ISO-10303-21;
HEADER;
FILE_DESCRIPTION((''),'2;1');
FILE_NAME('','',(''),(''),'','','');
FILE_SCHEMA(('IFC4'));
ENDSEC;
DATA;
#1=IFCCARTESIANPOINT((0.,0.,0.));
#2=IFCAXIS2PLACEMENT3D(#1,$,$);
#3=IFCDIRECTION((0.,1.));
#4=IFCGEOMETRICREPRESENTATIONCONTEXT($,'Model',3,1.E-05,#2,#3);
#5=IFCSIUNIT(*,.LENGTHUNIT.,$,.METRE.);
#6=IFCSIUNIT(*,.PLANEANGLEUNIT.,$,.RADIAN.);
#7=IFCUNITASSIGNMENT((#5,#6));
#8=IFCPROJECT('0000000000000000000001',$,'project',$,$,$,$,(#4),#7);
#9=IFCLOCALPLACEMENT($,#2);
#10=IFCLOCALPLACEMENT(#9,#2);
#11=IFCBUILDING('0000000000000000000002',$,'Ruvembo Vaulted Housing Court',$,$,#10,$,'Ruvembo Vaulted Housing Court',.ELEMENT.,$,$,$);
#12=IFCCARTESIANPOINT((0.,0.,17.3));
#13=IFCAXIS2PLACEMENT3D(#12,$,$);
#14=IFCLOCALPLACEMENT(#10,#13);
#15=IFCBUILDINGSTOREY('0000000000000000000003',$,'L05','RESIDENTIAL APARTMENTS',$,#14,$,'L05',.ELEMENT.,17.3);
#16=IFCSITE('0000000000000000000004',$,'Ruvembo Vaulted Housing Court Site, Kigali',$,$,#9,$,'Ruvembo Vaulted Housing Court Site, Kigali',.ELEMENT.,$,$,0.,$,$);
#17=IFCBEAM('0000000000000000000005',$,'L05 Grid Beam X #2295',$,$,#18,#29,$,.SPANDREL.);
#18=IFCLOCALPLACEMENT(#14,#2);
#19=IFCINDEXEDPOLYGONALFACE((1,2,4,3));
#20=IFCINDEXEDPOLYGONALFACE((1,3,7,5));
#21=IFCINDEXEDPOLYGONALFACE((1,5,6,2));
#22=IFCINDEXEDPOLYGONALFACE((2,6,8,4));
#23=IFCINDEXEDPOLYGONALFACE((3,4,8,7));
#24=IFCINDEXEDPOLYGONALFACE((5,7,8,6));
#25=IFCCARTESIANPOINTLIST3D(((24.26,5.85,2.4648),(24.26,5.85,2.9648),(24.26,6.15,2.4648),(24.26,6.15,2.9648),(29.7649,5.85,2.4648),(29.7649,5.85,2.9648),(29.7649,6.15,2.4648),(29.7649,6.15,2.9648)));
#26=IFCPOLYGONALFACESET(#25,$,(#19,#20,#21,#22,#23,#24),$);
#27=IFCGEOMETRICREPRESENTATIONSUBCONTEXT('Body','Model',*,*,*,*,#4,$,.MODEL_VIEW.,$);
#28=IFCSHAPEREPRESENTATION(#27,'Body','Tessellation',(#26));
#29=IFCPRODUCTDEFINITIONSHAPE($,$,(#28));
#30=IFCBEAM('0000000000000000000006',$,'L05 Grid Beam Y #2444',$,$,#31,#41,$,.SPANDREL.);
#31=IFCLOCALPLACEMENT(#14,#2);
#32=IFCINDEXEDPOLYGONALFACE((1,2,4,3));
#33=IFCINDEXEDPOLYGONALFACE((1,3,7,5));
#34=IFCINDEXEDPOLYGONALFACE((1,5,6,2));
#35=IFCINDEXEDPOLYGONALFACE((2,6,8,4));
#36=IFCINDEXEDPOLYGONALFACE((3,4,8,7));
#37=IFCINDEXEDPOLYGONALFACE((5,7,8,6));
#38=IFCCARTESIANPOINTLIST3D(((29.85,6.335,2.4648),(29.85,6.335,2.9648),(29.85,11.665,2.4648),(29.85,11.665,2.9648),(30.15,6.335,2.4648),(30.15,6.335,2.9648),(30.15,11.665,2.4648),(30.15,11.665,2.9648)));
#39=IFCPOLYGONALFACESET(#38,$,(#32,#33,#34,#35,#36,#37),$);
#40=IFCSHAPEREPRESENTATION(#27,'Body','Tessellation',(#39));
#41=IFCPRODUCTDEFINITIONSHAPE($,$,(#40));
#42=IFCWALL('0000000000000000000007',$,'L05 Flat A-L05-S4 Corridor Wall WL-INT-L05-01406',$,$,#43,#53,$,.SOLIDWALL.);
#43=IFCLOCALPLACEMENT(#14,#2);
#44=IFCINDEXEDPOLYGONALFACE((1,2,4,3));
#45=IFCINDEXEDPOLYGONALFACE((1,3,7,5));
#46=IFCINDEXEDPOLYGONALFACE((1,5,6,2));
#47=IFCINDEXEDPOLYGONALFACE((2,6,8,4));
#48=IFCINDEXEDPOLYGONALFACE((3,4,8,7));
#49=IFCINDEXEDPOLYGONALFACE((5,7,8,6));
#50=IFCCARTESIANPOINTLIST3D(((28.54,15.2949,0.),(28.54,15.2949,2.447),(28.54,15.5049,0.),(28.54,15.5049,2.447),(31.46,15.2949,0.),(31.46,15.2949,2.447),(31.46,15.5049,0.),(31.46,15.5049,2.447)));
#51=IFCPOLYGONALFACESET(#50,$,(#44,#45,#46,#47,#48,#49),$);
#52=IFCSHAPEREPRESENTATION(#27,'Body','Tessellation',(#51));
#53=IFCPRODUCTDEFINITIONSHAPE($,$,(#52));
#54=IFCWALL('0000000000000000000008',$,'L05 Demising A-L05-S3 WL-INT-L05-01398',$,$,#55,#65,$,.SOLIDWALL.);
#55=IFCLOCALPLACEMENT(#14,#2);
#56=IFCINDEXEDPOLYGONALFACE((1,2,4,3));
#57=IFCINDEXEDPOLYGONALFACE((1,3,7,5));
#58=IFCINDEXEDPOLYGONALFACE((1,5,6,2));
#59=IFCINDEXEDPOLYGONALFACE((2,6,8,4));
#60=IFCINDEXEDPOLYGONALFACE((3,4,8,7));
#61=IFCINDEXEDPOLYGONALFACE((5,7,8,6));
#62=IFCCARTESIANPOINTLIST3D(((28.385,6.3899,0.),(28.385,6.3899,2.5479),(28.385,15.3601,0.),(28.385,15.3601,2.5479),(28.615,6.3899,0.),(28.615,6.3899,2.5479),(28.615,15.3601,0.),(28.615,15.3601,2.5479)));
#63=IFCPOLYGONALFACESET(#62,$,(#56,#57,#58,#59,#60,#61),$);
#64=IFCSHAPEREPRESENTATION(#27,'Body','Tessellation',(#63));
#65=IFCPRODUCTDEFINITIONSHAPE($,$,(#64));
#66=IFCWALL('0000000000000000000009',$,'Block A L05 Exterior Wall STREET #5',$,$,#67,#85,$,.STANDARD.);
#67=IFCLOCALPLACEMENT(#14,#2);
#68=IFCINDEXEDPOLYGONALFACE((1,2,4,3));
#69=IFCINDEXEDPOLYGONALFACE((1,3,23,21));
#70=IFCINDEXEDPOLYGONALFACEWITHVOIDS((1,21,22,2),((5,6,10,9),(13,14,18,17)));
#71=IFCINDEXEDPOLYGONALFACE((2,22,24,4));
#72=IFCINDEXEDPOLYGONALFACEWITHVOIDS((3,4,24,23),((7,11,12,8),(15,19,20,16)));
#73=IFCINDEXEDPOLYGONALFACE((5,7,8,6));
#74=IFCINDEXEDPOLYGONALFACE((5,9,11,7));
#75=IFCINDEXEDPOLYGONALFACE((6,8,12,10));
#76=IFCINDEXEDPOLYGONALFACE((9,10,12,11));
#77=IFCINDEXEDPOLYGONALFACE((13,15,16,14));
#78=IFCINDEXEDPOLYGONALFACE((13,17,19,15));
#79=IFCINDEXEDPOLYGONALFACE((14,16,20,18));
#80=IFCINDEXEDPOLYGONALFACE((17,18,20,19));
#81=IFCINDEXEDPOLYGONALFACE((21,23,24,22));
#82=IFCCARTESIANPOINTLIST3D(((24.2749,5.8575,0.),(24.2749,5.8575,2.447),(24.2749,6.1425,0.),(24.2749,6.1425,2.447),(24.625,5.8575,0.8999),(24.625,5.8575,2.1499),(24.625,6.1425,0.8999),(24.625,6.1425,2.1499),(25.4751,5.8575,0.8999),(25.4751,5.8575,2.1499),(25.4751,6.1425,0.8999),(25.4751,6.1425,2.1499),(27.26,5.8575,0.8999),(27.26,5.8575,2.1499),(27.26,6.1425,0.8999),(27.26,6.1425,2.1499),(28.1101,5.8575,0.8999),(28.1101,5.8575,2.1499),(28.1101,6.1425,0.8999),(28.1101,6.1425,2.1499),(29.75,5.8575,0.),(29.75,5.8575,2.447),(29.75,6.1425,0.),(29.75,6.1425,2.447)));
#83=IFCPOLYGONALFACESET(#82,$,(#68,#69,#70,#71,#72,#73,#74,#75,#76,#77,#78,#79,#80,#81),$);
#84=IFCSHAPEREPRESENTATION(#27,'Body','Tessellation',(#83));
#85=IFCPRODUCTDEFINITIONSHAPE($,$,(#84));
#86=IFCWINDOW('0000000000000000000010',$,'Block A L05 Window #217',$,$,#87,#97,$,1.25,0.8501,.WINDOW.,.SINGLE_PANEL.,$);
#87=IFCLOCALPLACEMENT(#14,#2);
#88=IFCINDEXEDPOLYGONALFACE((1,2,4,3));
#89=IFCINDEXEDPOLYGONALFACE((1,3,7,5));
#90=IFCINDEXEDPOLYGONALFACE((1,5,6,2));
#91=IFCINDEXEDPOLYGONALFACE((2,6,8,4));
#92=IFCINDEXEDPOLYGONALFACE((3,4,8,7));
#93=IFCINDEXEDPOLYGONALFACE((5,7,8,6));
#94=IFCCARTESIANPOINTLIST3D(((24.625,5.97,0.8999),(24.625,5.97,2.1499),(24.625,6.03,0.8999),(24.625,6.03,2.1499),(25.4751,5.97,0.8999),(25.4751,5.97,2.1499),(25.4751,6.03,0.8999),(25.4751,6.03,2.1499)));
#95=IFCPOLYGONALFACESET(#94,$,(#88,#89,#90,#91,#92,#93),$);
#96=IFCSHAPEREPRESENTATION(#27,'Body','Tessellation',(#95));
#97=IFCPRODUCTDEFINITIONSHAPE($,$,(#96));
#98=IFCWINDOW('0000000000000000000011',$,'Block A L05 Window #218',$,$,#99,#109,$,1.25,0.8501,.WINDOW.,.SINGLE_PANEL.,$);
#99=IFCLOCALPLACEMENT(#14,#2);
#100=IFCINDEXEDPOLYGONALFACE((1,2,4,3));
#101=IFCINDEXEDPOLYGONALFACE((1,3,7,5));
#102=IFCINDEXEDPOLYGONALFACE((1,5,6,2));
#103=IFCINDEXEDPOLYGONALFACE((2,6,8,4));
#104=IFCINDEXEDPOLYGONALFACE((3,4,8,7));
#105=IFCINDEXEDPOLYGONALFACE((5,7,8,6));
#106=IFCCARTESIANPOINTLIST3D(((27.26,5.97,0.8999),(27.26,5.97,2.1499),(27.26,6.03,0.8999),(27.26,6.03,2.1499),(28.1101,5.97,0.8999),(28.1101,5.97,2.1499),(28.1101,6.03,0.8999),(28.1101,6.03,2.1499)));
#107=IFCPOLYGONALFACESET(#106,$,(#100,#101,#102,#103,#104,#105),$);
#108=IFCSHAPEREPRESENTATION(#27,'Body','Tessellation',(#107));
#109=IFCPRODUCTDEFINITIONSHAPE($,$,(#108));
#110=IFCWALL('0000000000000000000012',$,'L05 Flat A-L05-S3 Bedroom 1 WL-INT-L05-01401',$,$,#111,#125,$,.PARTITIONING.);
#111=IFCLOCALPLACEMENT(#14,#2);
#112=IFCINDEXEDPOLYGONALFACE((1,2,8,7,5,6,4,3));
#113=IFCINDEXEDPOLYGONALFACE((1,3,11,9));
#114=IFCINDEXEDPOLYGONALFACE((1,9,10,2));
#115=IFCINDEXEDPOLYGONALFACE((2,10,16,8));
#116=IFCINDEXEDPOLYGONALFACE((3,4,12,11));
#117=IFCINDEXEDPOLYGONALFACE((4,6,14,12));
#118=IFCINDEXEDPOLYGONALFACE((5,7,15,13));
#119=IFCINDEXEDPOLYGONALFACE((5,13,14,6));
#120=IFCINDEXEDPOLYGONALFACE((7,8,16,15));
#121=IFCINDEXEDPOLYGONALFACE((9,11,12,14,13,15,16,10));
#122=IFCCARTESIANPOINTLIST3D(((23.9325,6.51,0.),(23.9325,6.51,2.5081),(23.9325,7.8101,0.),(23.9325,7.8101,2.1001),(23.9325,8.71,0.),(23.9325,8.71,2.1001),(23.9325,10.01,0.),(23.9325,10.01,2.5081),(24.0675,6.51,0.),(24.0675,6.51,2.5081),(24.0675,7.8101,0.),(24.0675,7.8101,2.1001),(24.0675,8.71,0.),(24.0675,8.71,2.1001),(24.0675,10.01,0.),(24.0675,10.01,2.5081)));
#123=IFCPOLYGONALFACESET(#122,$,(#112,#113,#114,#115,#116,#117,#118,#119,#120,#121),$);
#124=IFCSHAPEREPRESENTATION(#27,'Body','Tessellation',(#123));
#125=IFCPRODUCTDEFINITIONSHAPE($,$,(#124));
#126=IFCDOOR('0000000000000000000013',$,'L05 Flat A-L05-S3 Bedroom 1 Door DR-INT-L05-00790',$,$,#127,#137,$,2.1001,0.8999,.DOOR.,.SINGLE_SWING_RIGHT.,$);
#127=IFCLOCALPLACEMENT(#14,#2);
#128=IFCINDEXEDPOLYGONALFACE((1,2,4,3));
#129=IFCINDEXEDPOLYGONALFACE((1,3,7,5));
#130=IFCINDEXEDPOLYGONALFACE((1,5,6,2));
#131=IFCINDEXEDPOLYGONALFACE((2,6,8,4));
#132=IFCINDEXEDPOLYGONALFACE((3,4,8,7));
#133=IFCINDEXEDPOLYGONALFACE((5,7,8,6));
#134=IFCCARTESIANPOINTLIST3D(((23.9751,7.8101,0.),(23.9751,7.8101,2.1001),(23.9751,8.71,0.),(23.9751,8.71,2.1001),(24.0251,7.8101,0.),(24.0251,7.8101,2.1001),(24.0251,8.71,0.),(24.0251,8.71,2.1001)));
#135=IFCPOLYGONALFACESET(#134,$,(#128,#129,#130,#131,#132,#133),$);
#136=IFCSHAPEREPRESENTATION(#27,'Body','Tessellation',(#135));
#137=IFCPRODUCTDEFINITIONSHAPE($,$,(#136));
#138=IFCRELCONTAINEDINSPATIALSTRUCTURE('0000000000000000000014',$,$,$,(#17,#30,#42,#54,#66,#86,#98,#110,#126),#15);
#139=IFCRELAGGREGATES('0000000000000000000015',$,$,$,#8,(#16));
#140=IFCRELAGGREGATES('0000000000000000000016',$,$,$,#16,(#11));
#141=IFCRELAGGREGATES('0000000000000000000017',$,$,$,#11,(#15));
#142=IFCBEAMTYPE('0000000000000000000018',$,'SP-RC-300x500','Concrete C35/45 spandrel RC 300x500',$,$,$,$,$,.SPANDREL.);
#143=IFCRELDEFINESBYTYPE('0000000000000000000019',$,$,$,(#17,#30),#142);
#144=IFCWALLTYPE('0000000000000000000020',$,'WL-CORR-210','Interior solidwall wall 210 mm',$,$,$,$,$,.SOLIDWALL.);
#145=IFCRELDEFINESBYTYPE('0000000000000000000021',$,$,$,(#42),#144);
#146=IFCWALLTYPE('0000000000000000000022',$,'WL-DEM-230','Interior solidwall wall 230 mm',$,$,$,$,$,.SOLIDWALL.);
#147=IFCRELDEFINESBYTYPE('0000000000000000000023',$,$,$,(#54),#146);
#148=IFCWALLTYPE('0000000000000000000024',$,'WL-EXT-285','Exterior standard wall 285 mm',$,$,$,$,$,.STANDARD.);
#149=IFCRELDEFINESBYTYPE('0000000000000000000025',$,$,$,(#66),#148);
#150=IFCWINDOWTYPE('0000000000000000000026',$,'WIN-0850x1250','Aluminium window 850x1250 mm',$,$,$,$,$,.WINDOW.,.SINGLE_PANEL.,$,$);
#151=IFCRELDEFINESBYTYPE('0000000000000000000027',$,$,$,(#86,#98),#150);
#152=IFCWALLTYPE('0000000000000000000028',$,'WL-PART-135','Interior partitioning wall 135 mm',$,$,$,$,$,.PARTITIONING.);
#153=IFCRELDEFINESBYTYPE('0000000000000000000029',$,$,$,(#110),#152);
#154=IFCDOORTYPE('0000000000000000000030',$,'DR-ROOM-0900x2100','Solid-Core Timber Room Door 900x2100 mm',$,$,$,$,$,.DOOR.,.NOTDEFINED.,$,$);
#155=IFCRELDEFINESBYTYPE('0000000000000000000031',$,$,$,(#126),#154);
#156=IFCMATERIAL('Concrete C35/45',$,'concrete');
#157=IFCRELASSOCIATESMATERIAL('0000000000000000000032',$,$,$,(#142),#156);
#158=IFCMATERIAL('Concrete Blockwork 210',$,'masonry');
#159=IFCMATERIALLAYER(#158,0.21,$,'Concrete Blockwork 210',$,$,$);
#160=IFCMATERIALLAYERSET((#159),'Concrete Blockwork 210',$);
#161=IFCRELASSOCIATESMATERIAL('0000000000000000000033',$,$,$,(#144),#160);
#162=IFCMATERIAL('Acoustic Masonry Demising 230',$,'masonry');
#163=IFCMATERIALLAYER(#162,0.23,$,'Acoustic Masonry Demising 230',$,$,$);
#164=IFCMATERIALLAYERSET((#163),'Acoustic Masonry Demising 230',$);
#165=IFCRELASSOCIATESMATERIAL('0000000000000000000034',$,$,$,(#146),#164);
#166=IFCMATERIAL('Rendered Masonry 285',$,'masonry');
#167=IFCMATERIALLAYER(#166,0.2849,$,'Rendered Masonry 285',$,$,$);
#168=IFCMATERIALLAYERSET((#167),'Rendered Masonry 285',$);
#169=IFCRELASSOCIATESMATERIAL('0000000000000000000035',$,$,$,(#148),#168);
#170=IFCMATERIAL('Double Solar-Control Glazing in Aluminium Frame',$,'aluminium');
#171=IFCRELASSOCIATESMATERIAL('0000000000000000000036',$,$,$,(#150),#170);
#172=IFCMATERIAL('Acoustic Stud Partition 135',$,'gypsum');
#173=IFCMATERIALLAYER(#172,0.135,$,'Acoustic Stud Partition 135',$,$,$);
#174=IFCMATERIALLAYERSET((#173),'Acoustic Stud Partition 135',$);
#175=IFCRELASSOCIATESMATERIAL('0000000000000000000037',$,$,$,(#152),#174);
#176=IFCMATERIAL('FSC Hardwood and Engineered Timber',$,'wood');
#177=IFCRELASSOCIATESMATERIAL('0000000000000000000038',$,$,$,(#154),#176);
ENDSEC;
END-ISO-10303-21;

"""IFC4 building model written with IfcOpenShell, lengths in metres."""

from ifc_helpers import new_model, si_unit, direction, frame, frame_2d, origin, origin_2d, place, context, subcontext, project, spatial, rectangle, extrude, material, layer, layer_set, material_profile, profile_set, type_object, element, fill, save


model = new_model("IFC4")

# Units and contexts
model_context = context("Model", 3, precision=1e-05, world=origin(), true_north=direction((0.0, 1.0)))
body_context = subcontext(model_context, "Body", "Model", "MODEL_VIEW")
ifc_project = project(units=[si_unit("LENGTHUNIT", "METRE"), si_unit("PLANEANGLEUNIT", "RADIAN")], contexts=[model_context])

# Site, building, storey
site_placement = place(None, origin())
site = spatial("IfcSite", under=ifc_project, at=site_placement, Name="Ruvembo Vaulted Housing Court Site, Kigali", LongName="Ruvembo Vaulted Housing Court Site, Kigali", CompositionType="ELEMENT", RefElevation=0.0)
building_placement = place(site_placement, origin())
building = spatial("IfcBuilding", under=site, at=building_placement, Name="Ruvembo Vaulted Housing Court", LongName="Ruvembo Vaulted Housing Court", CompositionType="ELEMENT")
storey_placement = place(building_placement, frame((0.0, 0.0, 17.3)))
storey = spatial("IfcBuildingStorey", under=building, at=storey_placement, Name="L05", Description="RESIDENTIAL APARTMENTS", LongName="L05", CompositionType="ELEMENT", Elevation=17.3)

# Shared definitions
ifc_material_1 = material(Name="Concrete C35/45", Category="concrete")

# Beams
ifc_material_profile_1 = material_profile(ifc_material_1, rectangle(XDim=0.3, YDim=0.5, at=origin_2d()), Name="RC 300x500")
ifc_profile_set_1 = profile_set([ifc_material_profile_1], Name="Concrete C35/45")
beam_type_1 = type_object("IfcBeamType", Name="SP-RC-300x500", Description="Concrete C35/45 spandrel RC 300x500", PredefinedType="SPANDREL", material=ifc_profile_set_1)
beam_1_placement = place(storey_placement, frame((24.26, 6.0, 2.7148), z_axis=(1.0, 0.0, 0.0), x_axis=(0.0, 1.0, 0.0)))
element("IfcBeam", 1, at=beam_1_placement, inside=storey, type_object=beam_type_1, Name="L05 Grid Beam X #2295", PredefinedType="SPANDREL", context=body_context, shape_type="SweptSolid", body=[
    extrude(rectangle(XDim=0.3, YDim=0.5, at=origin_2d()), origin(), (0.0, 0.0, 1.0), 5.5049),
])
beam_2_placement = place(storey_placement, frame((30.0, 6.335, 2.7148), z_axis=(0.0, 1.0, 0.0), x_axis=(-1.0, 0.0, 0.0)))
element("IfcBeam", 2, at=beam_2_placement, inside=storey, type_object=beam_type_1, Name="L05 Grid Beam Y #2444", PredefinedType="SPANDREL", context=body_context, shape_type="SweptSolid", body=[
    extrude(rectangle(XDim=0.3, YDim=0.5, at=origin_2d()), origin(), (0.0, 0.0, 1.0), 5.3301),
])

# Shared definitions
ifc_material_2 = material(Name="Concrete Blockwork 210", Category="masonry")
ifc_layer_1 = layer(ifc_material_2, 0.21, Name="Concrete Blockwork 210")
ifc_layer_set_1 = layer_set([ifc_layer_1], Name="Concrete Blockwork 210")
wall_type_1 = type_object("IfcWallType", Name="WL-CORR-210", Description="Interior solidwall wall 210 mm", PredefinedType="SOLIDWALL", material=ifc_layer_set_1)
ifc_material_3 = material(Name="FSC Hardwood and Engineered Timber", Category="wood")

# Walls
wall_1_placement = place(storey_placement, frame((28.54, 15.3999, 0.0), z_axis=(0.0, 0.0, 1.0), x_axis=(1.0, 0.0, 0.0)))
element("IfcWall", 3, at=wall_1_placement, inside=storey, type_object=wall_type_1, Name="L05 Flat A-L05-S4 Corridor Wall WL-INT-L05-01406", PredefinedType="SOLIDWALL", context=body_context, shape_type="SweptSolid", body=[
    extrude(rectangle(XDim=2.9199, YDim=0.21, at=frame_2d((1.46, 0.0))), origin(), (0.0, 0.0, 1.0), 2.447),
])
ifc_material_4 = material(Name="Acoustic Masonry Demising 230", Category="masonry")
ifc_layer_2 = layer(ifc_material_4, 0.23, Name="Acoustic Masonry Demising 230")
ifc_layer_set_2 = layer_set([ifc_layer_2], Name="Acoustic Masonry Demising 230")
wall_type_2 = type_object("IfcWallType", Name="WL-DEM-230", Description="Interior solidwall wall 230 mm", PredefinedType="SOLIDWALL", material=ifc_layer_set_2)
wall_2_placement = place(storey_placement, frame((28.5, 6.3899, 0.0), z_axis=(0.0, 0.0, 1.0), x_axis=(0.0, 1.0, 0.0)))
element("IfcWall", 4, at=wall_2_placement, inside=storey, type_object=wall_type_2, Name="L05 Demising A-L05-S3 WL-INT-L05-01398", PredefinedType="SOLIDWALL", context=body_context, shape_type="SweptSolid", body=[
    extrude(rectangle(XDim=8.9702, YDim=0.23, at=frame_2d((4.4851, 0.0))), origin(), (0.0, 0.0, 1.0), 2.5479),
])

# Wall, openings, windows
ifc_material_5 = material(Name="Rendered Masonry 285", Category="masonry")
ifc_layer_3 = layer(ifc_material_5, 0.2849, Name="Rendered Masonry 285")
ifc_layer_set_3 = layer_set([ifc_layer_3], Name="Rendered Masonry 285")
wall_type_3 = type_object("IfcWallType", Name="WL-EXT-285", Description="Exterior standard wall 285 mm", PredefinedType="STANDARD", material=ifc_layer_set_3)
wall_3_placement = place(storey_placement, frame((24.2749, 6.0, 0.0), z_axis=(0.0, 0.0, 1.0), x_axis=(1.0, 0.0, 0.0)))
wall_3 = element("IfcWall", 5, at=wall_3_placement, inside=storey, type_object=wall_type_3, Name="Block A L05 Exterior Wall STREET #5", PredefinedType="STANDARD", context=body_context, shape_type="SweptSolid", body=[
    extrude(rectangle(XDim=5.4751, YDim=0.2849, at=frame_2d((2.7375, 0.0))), origin(), (0.0, 0.0, 1.0), 2.447),
])
opening_1_placement = place(wall_3_placement, frame((0.3501, 0.0, 0.8999)))
opening_1 = element("IfcOpeningElement", 6, at=opening_1_placement, cuts=wall_3, PredefinedType="OPENING", context=body_context, shape_type="SweptSolid", body=[
    extrude(rectangle(XDim=0.8501, YDim=1.25, at=frame_2d((0.425, 0.625))), frame((0.0, 0.1523, 0.0), z_axis=(0.0, -1.0, 0.0), x_axis=(1.0, 0.0, 0.0)), (0.0, 0.0, 1.0), 0.3049),
])
opening_2_placement = place(wall_3_placement, frame((2.9851, 0.0, 0.8999)))
opening_2 = element("IfcOpeningElement", 7, at=opening_2_placement, cuts=wall_3, PredefinedType="OPENING", context=body_context, shape_type="SweptSolid", body=[
    extrude(rectangle(XDim=0.8501, YDim=1.25, at=frame_2d((0.425, 0.625))), frame((0.0, 0.1523, 0.0), z_axis=(0.0, -1.0, 0.0), x_axis=(1.0, 0.0, 0.0)), (0.0, 0.0, 1.0), 0.3049),
])
ifc_material_6 = material(Name="Double Solar-Control Glazing in Aluminium Frame", Category="aluminium")
window_type = type_object("IfcWindowType", Name="WIN-0850x1250", Description="Aluminium window 850x1250 mm", PartitioningType="SINGLE_PANEL", PredefinedType="WINDOW", material=ifc_material_6)
window_1_placement = place(opening_1_placement, origin())
window_1 = element("IfcWindow", 8, at=window_1_placement, inside=storey, type_object=window_type, Name="Block A L05 Window #217", OverallHeight=1.25, OverallWidth=0.8501, PartitioningType="SINGLE_PANEL", PredefinedType="WINDOW", context=body_context, shape_type="SweptSolid", body=[
    extrude(rectangle(XDim=0.8501, YDim=1.25, at=frame_2d((0.425, 0.625))), frame((0.0, 0.03, 0.0), z_axis=(0.0, -1.0, 0.0), x_axis=(1.0, 0.0, 0.0)), (0.0, 0.0, 1.0), 0.0601),
])
fill(opening_1, window_1)
window_2_placement = place(opening_2_placement, origin())
window_2 = element("IfcWindow", 9, at=window_2_placement, inside=storey, type_object=window_type, Name="Block A L05 Window #218", OverallHeight=1.25, OverallWidth=0.8501, PartitioningType="SINGLE_PANEL", PredefinedType="WINDOW", context=body_context, shape_type="SweptSolid", body=[
    extrude(rectangle(XDim=0.8501, YDim=1.25, at=frame_2d((0.425, 0.625))), frame((0.0, 0.03, 0.0), z_axis=(0.0, -1.0, 0.0), x_axis=(1.0, 0.0, 0.0)), (0.0, 0.0, 1.0), 0.0601),
])
fill(opening_2, window_2)

# Wall, opening, door
ifc_material_7 = material(Name="Acoustic Stud Partition 135", Category="gypsum")
ifc_layer_4 = layer(ifc_material_7, 0.135, Name="Acoustic Stud Partition 135")
ifc_layer_set_4 = layer_set([ifc_layer_4], Name="Acoustic Stud Partition 135")
wall_type_4 = type_object("IfcWallType", Name="WL-PART-135", Description="Interior partitioning wall 135 mm", PredefinedType="PARTITIONING", material=ifc_layer_set_4)
wall_4_placement = place(storey_placement, frame((24.0, 6.51, 0.0), z_axis=(0.0, 0.0, 1.0), x_axis=(0.0, 1.0, 0.0)))
wall_4 = element("IfcWall", 10, at=wall_4_placement, inside=storey, type_object=wall_type_4, Name="L05 Flat A-L05-S3 Bedroom 1 WL-INT-L05-01401", PredefinedType="PARTITIONING", context=body_context, shape_type="SweptSolid", body=[
    extrude(rectangle(XDim=3.5, YDim=0.135, at=frame_2d((1.75, 0.0))), origin(), (0.0, 0.0, 1.0), 2.5081),
])
opening_3_placement = place(wall_4_placement, frame((1.3, 0.0, 0.0)))
opening_3 = element("IfcOpeningElement", 11, at=opening_3_placement, cuts=wall_4, PredefinedType="OPENING", context=body_context, shape_type="SweptSolid", body=[
    extrude(rectangle(XDim=0.8999, YDim=2.1001, at=frame_2d((0.45, 1.05))), frame((0.0, 0.0774, 0.0), z_axis=(0.0, -1.0, 0.0), x_axis=(1.0, 0.0, 0.0)), (0.0, 0.0, 1.0), 0.155),
])
door_type_1 = type_object("IfcDoorType", Name="DR-ROOM-0900x2100", Description="Solid-Core Timber Room Door 900x2100 mm", OperationType="NOTDEFINED", PredefinedType="DOOR", material=ifc_material_3)
door_1_placement = place(opening_3_placement, origin())
door_1 = element("IfcDoor", 12, at=door_1_placement, inside=storey, type_object=door_type_1, Name="L05 Flat A-L05-S3 Bedroom 1 Door DR-INT-L05-00790", OperationType="SINGLE_SWING_RIGHT", OverallHeight=2.1001, OverallWidth=0.8999, PredefinedType="DOOR", context=body_context, shape_type="SweptSolid", body=[
    extrude(rectangle(XDim=0.8999, YDim=2.1001, at=frame_2d((0.45, 1.05))), frame((0.0, 0.0249, 0.0), z_axis=(0.0, -1.0, 0.0), x_axis=(1.0, 0.0, 0.0)), (0.0, 0.0, 1.0), 0.05),
])
fill(opening_3, door_1)

save(model, "model.ifc")
